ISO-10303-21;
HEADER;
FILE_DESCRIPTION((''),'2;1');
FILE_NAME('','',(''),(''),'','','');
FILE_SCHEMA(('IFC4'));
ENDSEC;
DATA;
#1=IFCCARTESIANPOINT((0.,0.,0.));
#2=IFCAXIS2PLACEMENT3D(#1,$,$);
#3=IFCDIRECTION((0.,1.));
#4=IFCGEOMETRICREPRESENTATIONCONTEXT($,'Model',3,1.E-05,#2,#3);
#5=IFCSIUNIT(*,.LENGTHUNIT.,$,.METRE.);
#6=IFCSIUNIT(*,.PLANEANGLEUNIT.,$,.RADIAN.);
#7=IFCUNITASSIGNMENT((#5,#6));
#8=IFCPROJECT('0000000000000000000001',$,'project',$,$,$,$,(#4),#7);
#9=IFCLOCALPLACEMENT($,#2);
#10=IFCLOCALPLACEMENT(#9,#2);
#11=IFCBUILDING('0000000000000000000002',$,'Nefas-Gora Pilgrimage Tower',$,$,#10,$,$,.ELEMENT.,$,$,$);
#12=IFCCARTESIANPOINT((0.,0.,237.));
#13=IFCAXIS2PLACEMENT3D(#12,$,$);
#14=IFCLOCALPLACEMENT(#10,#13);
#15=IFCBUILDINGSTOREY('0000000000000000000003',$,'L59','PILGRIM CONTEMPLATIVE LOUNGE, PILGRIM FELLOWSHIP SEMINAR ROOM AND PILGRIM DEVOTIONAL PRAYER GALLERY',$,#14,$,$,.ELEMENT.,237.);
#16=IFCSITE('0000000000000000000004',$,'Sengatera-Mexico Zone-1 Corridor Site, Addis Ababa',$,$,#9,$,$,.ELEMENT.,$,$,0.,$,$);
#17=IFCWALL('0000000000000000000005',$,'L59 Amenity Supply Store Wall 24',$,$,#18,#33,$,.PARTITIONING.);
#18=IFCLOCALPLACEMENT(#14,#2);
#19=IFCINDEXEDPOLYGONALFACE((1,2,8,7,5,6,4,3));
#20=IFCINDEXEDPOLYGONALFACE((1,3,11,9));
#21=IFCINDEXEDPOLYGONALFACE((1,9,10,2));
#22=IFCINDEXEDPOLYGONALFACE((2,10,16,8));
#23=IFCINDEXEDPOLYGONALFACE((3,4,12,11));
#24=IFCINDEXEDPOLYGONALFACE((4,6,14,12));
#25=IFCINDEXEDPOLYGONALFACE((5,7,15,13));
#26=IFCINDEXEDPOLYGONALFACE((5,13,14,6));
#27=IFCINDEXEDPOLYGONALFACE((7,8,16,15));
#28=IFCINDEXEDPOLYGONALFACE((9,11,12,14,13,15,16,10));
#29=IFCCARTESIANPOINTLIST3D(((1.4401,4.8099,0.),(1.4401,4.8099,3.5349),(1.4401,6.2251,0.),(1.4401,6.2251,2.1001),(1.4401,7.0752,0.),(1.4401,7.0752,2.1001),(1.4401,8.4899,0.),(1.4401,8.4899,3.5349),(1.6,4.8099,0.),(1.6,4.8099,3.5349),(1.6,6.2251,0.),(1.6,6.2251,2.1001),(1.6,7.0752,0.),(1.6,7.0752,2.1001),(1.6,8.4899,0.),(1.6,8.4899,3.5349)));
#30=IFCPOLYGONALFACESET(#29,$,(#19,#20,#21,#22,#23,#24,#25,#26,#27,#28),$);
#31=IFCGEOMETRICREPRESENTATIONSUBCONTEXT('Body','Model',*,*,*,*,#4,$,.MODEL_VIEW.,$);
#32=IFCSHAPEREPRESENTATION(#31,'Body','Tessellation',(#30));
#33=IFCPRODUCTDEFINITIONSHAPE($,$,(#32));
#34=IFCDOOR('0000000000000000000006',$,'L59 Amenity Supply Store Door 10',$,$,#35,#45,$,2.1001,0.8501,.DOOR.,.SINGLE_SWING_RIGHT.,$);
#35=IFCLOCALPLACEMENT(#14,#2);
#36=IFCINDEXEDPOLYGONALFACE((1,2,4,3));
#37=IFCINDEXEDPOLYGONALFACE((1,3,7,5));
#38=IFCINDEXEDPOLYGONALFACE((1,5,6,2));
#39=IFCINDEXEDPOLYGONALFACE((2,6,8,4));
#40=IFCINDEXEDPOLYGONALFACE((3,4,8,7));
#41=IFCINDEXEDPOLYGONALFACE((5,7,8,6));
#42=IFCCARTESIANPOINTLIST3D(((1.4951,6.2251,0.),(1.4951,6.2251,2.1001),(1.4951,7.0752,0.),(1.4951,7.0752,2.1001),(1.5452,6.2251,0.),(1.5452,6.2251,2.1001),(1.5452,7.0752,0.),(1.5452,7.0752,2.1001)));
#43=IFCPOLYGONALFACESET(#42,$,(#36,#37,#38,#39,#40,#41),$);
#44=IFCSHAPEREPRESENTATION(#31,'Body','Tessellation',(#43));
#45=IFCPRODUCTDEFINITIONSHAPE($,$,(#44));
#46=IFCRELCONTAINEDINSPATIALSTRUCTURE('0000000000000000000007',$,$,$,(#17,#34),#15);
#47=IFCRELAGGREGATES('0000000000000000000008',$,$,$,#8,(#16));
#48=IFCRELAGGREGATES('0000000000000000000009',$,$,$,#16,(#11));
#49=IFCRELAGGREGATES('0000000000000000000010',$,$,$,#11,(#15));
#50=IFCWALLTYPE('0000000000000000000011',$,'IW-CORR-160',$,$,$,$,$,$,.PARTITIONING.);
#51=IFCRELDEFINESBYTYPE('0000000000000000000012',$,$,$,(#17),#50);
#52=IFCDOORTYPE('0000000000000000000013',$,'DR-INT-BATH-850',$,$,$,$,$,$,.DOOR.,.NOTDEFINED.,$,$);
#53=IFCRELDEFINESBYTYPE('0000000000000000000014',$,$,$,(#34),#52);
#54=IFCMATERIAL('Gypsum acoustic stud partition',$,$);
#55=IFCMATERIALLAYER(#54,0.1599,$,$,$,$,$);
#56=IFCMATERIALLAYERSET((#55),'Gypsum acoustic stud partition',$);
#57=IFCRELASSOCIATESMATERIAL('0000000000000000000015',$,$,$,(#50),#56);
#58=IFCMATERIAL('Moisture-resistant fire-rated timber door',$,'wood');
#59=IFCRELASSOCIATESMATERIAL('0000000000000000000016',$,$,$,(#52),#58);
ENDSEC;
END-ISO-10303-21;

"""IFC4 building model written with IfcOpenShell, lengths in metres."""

from ifc_helpers import new_model, si_unit, direction, frame, frame_2d, origin, place, context, subcontext, project, spatial, rectangle, extrude, source, transform, mapped, material, layer, layer_set, type_object, element, fill, save


model = new_model("IFC4")

# Units and contexts
model_context = context("Model", 3, precision=1e-05, world=origin(), true_north=direction((0.0, 1.0)))
body_context = subcontext(model_context, "Body", "Model", "MODEL_VIEW")
ifc_project = project(units=[si_unit("LENGTHUNIT", "METRE"), si_unit("PLANEANGLEUNIT", "RADIAN")], contexts=[model_context])

# Site, building, storey
site_placement = place(None, origin())
site = spatial("IfcSite", under=ifc_project, at=site_placement, Name="Sengatera-Mexico Zone-1 Corridor Site, Addis Ababa", CompositionType="ELEMENT", RefElevation=0.0)
building_placement = place(site_placement, origin())
building = spatial("IfcBuilding", under=site, at=building_placement, Name="Nefas-Gora Pilgrimage Tower", CompositionType="ELEMENT")
storey_placement = place(building_placement, frame((0.0, 0.0, 237.0)))
storey = spatial("IfcBuildingStorey", under=building, at=storey_placement, Name="L59", Description="PILGRIM CONTEMPLATIVE LOUNGE, PILGRIM FELLOWSHIP SEMINAR ROOM AND PILGRIM DEVOTIONAL PRAYER GALLERY", CompositionType="ELEMENT", Elevation=237.0)

# Wall, opening, door
ifc_material_1 = material(Name="Gypsum acoustic stud partition")
ifc_layer_1 = layer(ifc_material_1, 0.1599)
ifc_layer_set_1 = layer_set([ifc_layer_1], Name="Gypsum acoustic stud partition")
wall_type_1 = type_object("IfcWallType", Name="IW-CORR-160", PredefinedType="PARTITIONING", material=ifc_layer_set_1)
ifc_material_2 = material(Name="Moisture-resistant fire-rated timber door", Category="wood")
door_type = type_object("IfcDoorType", Name="DR-INT-BATH-850", OperationType="NOTDEFINED", PredefinedType="DOOR", material=ifc_material_2)
shared_shape_1 = source(origin(), body_context, "Body", "SweptSolid", [
    extrude(rectangle(XDim=0.8501, YDim=2.1001, at=frame_2d((0.425, 1.05))), frame((0.0, 0.0249, 0.0), z_axis=(0.0, -1.0, 0.0), x_axis=(1.0, 0.0, 0.0)), (0.0, 0.0, 1.0), 0.05),
])
shared_shape_2 = source(origin(), body_context, "Body", "SweptSolid", [
    extrude(rectangle(XDim=3.6799, YDim=0.1599, at=frame_2d((1.8398, 0.0))), origin(), (0.0, 0.0, 1.0), 3.5349),
])
wall_1_placement = place(storey_placement, frame((1.52, 4.8101, 0.0), z_axis=(0.0, 0.0, 1.0), x_axis=(0.0, 1.0, 0.0)))
wall_1 = element("IfcWall", 1, at=wall_1_placement, inside=storey, type_object=wall_type_1, Name="L59 Amenity Supply Store Wall 24", PredefinedType="PARTITIONING", context=body_context, shape_type="MappedRepresentation", body=[
    mapped(shared_shape_2, transform((0.0, 0.0, 0.0), x_axis=(1.0, 0.0, 0.0), y_axis=(0.0, 1.0, 0.0), z_axis=(0.0, 0.0, 1.0), scale=1.0)),
])
opening_1_placement = place(wall_1_placement, frame((1.415, 0.0, 0.0)))
opening_1 = element("IfcOpeningElement", 2, at=opening_1_placement, cuts=wall_1, PredefinedType="OPENING", context=body_context, shape_type="SweptSolid", body=[
    extrude(rectangle(XDim=0.8501, YDim=2.1001, at=frame_2d((0.425, 1.05))), frame((0.0, 0.0898, 0.0), z_axis=(0.0, -1.0, 0.0), x_axis=(1.0, 0.0, 0.0)), (0.0, 0.0, 1.0), 0.1799),
])
door_1_placement = place(opening_1_placement, origin())
door_1 = element("IfcDoor", 3, at=door_1_placement, inside=storey, type_object=door_type, Name="L59 Amenity Supply Store Door 10", OperationType="SINGLE_SWING_RIGHT", OverallHeight=2.1001, OverallWidth=0.8501, PredefinedType="DOOR", context=body_context, shape_type="MappedRepresentation", body=[
    mapped(shared_shape_1, transform((0.0, 0.0, 0.0), x_axis=(1.0, 0.0, 0.0), y_axis=(0.0, 1.0, 0.0), z_axis=(0.0, 0.0, 1.0), scale=1.0)),
])
fill(opening_1, door_1)

save(model, "model.ifc")
